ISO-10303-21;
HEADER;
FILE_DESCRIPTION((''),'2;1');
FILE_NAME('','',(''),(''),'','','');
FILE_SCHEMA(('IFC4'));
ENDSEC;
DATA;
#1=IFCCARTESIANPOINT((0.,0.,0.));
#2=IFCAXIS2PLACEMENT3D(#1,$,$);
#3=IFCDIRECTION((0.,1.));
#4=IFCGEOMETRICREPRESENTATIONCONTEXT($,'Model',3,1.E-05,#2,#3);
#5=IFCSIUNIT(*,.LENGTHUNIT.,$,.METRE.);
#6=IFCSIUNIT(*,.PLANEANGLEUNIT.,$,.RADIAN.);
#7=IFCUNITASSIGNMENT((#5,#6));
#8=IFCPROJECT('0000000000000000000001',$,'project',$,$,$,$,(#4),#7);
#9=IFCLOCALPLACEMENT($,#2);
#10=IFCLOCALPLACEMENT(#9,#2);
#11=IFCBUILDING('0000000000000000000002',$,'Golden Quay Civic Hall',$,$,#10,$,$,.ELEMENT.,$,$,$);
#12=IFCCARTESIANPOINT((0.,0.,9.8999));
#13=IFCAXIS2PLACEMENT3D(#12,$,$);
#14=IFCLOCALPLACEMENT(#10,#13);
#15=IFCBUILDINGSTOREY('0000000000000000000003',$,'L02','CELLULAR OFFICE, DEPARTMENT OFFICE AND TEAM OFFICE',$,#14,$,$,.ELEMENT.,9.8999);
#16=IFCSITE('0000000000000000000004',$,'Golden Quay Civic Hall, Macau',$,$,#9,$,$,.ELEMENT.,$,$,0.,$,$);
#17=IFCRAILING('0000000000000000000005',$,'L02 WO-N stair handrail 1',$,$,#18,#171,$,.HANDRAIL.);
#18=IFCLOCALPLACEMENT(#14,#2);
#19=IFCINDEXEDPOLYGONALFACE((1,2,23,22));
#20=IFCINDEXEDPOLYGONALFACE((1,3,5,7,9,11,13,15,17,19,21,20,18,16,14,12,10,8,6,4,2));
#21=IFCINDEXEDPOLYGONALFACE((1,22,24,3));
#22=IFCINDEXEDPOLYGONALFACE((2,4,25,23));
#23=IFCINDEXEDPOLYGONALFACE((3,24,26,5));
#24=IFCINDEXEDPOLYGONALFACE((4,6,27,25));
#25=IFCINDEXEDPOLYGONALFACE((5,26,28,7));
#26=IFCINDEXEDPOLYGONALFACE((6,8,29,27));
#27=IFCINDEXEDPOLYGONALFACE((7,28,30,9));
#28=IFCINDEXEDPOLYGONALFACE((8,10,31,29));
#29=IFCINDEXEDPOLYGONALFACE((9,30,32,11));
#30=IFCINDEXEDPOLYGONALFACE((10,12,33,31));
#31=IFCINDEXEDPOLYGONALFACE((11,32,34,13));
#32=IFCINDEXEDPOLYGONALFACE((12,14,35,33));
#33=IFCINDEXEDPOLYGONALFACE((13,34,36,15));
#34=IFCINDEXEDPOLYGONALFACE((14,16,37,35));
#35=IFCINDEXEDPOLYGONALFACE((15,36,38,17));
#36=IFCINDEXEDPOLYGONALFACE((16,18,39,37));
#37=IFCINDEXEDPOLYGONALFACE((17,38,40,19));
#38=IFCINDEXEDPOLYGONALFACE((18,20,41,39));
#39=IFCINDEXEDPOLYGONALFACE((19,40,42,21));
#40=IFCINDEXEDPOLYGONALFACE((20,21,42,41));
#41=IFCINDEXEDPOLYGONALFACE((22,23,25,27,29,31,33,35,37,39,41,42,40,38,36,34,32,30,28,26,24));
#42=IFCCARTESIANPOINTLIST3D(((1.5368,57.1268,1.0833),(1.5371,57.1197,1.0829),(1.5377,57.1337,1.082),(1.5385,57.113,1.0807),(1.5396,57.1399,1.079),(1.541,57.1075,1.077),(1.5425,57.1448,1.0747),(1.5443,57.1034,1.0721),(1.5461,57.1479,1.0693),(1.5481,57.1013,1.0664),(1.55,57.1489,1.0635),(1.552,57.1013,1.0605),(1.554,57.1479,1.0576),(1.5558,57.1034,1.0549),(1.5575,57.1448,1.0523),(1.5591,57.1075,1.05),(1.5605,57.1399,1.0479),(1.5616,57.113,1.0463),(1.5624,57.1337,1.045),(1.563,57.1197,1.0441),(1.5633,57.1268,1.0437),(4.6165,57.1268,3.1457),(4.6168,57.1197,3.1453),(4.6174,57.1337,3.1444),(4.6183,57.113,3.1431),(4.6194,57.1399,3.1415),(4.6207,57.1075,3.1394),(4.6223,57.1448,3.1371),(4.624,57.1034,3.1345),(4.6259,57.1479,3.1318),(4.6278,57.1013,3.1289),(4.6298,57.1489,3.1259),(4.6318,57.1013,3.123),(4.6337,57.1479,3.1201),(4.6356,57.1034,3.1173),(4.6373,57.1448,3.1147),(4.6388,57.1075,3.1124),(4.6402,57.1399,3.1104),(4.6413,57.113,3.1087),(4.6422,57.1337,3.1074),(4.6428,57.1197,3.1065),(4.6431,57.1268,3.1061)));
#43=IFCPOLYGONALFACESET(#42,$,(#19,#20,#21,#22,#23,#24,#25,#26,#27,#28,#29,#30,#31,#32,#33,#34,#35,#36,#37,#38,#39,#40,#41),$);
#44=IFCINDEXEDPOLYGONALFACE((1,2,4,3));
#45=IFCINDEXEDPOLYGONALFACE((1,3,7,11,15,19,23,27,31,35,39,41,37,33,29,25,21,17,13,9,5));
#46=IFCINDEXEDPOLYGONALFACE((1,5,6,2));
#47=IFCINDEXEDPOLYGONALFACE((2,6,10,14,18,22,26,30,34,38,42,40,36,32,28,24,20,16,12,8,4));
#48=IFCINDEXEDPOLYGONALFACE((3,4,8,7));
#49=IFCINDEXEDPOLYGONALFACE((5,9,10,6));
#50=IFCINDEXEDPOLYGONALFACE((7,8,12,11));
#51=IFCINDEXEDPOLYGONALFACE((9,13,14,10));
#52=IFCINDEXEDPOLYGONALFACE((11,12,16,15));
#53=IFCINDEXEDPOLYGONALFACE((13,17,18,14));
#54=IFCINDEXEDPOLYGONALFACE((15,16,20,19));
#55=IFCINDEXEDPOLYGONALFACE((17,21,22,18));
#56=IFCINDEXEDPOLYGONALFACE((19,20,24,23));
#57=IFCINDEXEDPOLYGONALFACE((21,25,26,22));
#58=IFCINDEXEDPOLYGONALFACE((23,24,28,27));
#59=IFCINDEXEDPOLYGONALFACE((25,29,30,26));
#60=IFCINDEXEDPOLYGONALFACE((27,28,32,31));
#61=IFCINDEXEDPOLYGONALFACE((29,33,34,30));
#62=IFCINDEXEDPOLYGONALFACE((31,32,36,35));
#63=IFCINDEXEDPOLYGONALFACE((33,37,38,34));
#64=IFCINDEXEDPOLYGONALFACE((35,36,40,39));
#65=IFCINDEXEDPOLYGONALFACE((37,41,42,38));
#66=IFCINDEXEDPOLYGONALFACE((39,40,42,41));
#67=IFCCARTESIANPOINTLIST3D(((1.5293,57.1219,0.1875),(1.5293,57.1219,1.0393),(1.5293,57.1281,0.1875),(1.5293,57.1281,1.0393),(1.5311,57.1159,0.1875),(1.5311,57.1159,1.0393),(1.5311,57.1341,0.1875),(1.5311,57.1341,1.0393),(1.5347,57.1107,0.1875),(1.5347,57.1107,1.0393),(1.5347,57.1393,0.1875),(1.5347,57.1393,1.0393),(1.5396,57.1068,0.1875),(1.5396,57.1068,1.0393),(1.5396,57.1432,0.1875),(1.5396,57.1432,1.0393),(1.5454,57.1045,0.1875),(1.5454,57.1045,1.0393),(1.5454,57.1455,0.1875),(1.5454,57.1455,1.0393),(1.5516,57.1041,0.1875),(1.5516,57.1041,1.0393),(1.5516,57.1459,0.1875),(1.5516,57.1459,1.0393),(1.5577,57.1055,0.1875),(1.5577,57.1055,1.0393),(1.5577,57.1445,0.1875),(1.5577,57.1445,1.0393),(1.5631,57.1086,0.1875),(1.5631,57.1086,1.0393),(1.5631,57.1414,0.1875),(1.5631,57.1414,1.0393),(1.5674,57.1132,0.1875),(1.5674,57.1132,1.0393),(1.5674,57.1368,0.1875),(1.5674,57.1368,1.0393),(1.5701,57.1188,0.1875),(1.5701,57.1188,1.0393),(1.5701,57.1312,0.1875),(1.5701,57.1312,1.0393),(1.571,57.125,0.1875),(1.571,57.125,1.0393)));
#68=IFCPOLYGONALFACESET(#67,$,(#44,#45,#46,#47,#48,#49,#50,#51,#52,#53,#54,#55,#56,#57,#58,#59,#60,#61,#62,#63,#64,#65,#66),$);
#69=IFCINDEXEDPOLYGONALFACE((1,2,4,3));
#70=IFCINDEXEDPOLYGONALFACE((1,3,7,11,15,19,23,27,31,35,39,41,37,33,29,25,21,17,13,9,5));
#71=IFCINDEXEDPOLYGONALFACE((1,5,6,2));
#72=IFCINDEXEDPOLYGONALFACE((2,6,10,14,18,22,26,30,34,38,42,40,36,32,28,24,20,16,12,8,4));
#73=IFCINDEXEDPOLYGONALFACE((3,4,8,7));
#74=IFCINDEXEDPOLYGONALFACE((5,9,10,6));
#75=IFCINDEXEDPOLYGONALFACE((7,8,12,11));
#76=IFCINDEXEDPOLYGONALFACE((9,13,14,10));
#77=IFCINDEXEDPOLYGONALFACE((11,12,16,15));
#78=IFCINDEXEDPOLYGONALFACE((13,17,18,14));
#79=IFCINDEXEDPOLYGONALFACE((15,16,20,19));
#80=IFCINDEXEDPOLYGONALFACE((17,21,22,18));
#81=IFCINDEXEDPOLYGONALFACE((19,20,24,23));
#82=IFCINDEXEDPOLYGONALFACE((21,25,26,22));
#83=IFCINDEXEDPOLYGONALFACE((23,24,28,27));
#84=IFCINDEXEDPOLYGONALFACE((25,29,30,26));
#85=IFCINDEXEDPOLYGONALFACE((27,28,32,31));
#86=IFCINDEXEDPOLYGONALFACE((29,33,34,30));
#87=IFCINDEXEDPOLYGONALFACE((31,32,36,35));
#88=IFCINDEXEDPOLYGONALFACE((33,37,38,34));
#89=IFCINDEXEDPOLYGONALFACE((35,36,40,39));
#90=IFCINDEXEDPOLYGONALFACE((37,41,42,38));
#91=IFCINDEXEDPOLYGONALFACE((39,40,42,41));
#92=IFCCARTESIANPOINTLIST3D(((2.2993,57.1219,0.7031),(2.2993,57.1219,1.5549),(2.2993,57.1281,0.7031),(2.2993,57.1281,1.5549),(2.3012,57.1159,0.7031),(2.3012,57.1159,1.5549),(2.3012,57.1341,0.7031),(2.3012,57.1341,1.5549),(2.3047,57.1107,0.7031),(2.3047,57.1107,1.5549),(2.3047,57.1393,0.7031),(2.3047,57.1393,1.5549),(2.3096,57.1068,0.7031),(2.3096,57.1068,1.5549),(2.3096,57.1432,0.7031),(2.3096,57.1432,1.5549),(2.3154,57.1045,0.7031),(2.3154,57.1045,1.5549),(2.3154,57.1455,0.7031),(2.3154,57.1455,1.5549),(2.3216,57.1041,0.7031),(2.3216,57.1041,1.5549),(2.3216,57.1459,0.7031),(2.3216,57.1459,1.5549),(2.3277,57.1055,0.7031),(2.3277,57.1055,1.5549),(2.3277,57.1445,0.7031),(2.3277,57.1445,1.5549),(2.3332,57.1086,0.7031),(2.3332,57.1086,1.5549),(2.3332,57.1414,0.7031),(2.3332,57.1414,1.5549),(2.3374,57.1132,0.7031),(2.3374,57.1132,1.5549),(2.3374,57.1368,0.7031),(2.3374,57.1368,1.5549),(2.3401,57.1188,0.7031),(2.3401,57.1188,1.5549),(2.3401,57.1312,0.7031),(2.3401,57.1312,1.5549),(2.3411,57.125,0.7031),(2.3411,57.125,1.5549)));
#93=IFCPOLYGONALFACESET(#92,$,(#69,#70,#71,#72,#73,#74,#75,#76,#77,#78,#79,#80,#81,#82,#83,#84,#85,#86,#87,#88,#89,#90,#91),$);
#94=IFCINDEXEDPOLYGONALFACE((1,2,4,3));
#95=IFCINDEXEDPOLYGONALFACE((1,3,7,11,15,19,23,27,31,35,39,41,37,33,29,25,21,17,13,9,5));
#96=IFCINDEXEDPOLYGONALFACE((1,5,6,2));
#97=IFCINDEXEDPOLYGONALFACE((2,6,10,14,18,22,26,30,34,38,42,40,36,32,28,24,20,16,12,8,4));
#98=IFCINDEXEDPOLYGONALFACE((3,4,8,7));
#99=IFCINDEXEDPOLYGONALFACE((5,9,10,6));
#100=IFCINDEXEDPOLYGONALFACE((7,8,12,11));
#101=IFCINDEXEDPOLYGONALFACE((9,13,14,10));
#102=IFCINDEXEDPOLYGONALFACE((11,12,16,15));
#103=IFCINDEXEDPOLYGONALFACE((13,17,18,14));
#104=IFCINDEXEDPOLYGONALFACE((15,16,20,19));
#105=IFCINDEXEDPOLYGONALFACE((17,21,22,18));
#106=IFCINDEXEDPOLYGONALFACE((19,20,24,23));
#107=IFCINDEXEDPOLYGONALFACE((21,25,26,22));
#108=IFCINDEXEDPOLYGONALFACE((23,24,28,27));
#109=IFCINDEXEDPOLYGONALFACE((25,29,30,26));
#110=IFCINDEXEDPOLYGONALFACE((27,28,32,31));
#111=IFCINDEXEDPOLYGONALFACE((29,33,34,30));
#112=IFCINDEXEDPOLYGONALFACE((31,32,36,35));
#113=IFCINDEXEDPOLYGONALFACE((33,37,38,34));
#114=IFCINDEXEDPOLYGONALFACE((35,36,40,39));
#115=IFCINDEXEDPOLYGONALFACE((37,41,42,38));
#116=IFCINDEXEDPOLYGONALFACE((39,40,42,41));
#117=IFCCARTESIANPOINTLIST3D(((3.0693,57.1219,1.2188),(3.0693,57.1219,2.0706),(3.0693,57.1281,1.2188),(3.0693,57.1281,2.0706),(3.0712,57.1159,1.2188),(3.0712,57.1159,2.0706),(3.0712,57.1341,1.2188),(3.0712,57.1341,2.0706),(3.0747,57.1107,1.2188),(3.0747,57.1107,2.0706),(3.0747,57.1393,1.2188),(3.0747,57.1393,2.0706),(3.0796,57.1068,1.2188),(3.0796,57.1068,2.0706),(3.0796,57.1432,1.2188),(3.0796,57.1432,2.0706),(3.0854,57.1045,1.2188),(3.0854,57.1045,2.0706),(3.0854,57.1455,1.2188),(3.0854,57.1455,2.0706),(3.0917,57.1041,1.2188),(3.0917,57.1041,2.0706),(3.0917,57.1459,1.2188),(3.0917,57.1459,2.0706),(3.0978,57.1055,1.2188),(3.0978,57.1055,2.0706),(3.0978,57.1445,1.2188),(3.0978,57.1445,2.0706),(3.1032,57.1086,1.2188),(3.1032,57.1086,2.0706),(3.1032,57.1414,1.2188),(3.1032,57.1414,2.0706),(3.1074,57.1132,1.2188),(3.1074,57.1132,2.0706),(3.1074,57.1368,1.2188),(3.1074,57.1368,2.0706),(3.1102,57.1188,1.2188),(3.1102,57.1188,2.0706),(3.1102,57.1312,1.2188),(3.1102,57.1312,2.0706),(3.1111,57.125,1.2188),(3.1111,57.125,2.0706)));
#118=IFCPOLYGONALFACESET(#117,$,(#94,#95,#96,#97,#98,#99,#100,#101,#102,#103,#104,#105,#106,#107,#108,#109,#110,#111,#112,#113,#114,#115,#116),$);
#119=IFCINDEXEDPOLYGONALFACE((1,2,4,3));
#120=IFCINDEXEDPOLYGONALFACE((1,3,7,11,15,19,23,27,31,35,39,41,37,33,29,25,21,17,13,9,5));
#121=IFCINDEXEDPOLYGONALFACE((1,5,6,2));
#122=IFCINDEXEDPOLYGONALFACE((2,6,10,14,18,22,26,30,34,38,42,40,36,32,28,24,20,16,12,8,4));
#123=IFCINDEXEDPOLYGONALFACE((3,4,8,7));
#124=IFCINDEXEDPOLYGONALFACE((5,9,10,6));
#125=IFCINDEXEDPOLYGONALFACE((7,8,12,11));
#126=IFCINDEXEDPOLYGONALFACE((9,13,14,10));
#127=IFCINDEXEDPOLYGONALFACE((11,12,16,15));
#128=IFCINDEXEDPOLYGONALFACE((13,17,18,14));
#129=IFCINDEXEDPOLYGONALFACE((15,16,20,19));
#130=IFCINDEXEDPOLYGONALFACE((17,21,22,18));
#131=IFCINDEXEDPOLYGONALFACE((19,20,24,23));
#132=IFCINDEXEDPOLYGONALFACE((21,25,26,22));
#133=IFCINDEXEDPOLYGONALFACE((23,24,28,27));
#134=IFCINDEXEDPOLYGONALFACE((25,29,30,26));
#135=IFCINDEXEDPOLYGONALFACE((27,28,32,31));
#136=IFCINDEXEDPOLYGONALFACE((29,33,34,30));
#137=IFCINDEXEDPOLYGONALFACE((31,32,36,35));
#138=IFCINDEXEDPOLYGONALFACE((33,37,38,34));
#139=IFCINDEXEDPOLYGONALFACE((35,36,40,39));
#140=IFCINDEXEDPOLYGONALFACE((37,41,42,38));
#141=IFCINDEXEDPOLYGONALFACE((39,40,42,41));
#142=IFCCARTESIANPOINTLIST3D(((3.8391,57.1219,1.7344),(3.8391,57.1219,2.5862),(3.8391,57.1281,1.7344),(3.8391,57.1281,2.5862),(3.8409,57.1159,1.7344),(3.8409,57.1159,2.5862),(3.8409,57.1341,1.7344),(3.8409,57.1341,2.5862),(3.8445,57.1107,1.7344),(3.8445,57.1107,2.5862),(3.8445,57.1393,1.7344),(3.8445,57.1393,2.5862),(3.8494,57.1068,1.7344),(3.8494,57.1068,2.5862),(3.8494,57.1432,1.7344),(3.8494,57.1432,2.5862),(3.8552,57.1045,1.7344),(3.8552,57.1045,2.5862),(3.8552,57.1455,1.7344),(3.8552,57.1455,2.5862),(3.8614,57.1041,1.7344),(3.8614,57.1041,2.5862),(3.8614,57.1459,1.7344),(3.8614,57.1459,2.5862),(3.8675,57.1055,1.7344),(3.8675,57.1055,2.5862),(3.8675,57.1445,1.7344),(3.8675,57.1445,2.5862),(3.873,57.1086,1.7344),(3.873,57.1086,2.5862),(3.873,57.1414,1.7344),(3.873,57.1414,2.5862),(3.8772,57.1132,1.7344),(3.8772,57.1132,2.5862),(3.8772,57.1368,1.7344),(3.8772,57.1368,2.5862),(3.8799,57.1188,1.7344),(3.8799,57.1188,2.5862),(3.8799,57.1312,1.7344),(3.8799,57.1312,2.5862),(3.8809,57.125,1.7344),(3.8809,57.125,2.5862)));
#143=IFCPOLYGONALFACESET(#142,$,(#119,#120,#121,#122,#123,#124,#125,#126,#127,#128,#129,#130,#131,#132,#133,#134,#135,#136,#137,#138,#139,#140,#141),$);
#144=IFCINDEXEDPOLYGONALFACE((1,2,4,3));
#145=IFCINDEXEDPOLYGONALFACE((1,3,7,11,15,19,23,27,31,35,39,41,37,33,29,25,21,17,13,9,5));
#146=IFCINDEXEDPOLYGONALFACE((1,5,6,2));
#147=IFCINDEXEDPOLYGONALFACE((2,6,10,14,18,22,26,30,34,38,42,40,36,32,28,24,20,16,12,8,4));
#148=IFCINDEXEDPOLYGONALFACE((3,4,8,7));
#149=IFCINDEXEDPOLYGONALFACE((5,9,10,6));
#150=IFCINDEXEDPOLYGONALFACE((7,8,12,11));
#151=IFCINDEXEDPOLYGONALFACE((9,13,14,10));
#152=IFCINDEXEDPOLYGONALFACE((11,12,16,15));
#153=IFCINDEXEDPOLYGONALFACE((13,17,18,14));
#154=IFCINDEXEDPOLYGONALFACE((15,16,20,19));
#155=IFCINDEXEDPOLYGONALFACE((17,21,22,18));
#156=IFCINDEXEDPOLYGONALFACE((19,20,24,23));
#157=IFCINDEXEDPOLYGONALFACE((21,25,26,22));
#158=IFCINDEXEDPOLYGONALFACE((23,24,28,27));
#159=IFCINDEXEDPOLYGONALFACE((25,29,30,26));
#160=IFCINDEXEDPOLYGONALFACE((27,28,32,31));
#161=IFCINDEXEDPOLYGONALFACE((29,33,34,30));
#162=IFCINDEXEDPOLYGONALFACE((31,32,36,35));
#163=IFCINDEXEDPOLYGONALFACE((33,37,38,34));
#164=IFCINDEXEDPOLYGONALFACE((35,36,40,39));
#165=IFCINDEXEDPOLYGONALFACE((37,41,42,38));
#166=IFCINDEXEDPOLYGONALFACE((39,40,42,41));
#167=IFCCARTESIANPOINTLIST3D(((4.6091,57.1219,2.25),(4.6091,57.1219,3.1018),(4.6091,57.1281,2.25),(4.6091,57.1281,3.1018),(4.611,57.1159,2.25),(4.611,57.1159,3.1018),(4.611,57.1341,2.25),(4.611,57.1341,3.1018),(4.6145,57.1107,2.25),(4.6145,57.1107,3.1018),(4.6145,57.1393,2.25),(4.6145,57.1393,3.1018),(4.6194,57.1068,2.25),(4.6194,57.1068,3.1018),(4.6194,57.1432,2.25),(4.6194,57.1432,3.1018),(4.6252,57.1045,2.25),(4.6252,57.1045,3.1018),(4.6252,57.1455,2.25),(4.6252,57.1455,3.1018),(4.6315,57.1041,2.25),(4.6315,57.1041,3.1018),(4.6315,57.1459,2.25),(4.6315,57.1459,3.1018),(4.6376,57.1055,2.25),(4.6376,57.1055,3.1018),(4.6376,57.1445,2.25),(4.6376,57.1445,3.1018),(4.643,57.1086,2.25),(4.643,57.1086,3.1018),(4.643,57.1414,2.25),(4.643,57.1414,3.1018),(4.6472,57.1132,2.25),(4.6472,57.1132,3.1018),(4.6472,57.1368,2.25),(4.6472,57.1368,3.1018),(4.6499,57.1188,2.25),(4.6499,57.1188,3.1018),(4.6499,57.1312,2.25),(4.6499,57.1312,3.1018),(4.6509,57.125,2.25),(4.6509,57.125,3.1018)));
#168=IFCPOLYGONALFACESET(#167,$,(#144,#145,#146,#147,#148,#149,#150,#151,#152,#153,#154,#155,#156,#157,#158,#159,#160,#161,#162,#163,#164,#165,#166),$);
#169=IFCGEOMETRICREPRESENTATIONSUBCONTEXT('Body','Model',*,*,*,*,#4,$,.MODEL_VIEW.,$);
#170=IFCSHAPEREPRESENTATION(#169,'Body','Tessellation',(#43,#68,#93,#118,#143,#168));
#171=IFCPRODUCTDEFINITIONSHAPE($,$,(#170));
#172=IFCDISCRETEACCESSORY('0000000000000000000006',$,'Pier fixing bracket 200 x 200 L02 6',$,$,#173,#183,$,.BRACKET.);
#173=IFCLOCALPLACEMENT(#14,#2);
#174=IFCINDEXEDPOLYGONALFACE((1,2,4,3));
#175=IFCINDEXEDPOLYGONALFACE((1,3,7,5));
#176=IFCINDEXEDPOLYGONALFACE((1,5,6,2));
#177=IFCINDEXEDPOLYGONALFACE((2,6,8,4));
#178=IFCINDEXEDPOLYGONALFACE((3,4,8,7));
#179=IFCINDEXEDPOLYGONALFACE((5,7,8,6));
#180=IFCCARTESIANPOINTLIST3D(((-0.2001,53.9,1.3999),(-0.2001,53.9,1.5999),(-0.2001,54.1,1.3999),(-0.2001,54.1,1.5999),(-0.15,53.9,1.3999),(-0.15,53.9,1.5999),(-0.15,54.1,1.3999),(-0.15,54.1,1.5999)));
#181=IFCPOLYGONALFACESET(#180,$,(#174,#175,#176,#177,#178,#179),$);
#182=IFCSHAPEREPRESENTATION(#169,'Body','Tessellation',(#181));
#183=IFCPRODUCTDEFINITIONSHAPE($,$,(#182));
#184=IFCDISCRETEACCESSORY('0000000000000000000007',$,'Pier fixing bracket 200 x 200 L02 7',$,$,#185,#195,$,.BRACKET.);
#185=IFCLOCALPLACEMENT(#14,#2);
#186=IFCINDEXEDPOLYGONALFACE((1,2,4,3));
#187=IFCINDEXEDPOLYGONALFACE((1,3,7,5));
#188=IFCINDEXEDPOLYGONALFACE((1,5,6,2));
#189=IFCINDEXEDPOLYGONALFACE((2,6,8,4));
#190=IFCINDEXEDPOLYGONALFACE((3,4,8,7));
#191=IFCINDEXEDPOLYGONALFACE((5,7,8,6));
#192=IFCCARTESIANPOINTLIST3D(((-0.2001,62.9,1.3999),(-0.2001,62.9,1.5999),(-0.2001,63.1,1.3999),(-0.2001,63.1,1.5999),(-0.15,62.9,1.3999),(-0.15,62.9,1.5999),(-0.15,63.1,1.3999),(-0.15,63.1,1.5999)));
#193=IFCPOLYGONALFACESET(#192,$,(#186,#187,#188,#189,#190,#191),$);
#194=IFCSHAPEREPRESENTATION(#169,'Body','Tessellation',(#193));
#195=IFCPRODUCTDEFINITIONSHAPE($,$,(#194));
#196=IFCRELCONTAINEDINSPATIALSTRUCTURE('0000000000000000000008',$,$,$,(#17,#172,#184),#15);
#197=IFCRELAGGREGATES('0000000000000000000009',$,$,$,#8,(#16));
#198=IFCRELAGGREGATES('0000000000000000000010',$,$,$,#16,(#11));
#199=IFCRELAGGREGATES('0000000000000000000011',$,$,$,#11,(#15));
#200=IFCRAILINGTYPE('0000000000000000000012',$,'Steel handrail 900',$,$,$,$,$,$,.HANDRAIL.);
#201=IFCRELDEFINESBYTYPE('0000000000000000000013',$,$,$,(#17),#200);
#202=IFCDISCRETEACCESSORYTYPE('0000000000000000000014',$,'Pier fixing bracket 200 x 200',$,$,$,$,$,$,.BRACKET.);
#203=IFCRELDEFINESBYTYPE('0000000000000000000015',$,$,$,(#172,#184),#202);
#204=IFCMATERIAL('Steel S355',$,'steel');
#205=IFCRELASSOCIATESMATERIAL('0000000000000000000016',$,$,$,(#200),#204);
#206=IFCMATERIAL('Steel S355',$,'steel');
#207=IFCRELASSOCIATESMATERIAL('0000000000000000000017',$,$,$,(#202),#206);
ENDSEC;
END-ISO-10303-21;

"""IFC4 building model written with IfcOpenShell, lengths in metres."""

from ifc_helpers import new_model, si_unit, direction, frame, origin, origin_2d, place, context, subcontext, project, spatial, rectangle, circle, extrude, material, type_object, element, save


model = new_model("IFC4")

# Units and contexts
model_context = context("Model", 3, precision=1e-05, world=origin(), true_north=direction((0.0, 1.0)))
body_context = subcontext(model_context, "Body", "Model", "MODEL_VIEW")
ifc_project = project(units=[si_unit("LENGTHUNIT", "METRE"), si_unit("PLANEANGLEUNIT", "RADIAN")], contexts=[model_context])

# Site, building, storey
site_placement = place(None, origin())
site = spatial("IfcSite", under=ifc_project, at=site_placement, Name="Golden Quay Civic Hall, Macau", CompositionType="ELEMENT", RefElevation=0.0)
building_placement = place(site_placement, origin())
building = spatial("IfcBuilding", under=site, at=building_placement, Name="Golden Quay Civic Hall", CompositionType="ELEMENT")
storey_placement = place(building_placement, frame((0.0, 0.0, 9.8999)))
storey = spatial("IfcBuildingStorey", under=building, at=storey_placement, Name="L02", Description="CELLULAR OFFICE, DEPARTMENT OFFICE AND TEAM OFFICE", CompositionType="ELEMENT", Elevation=9.8999)

# Railing
ifc_material_1 = material(Name="Steel S355", Category="steel")
railing_type_1 = type_object("IfcRailingType", Name="Steel handrail 900", PredefinedType="HANDRAIL", material=ifc_material_1)
railing_1_placement = place(storey_placement, frame((1.55, 57.125, 0.1875)))
element("IfcRailing", 1, at=railing_1_placement, inside=storey, type_object=railing_type_1, Name="L02 WO-N stair handrail 1", PredefinedType="HANDRAIL", context=body_context, shape_type="SweptSolid", body=[
    extrude(circle(Radius=0.0239, at=origin_2d()), frame((0.0, 0.0, 0.876), z_axis=(0.830893, 0.0, 0.556432), x_axis=(0.0, 1.0, 0.0)), (0.0, 0.0, 1.0), 3.7065),
    extrude(circle(Radius=0.021, at=origin_2d()), origin(), (0.0, 0.0, 1.0), 0.8518),
    extrude(circle(Radius=0.021, at=origin_2d()), frame((0.77, 0.0, 0.5156)), (0.0, 0.0, 1.0), 0.8518),
    extrude(circle(Radius=0.021, at=origin_2d()), frame((1.54, 0.0, 1.0312)), (0.0, 0.0, 1.0), 0.8518),
    extrude(circle(Radius=0.021, at=origin_2d()), frame((2.3098, 0.0, 1.5469)), (0.0, 0.0, 1.0), 0.8518),
    extrude(circle(Radius=0.021, at=origin_2d()), frame((3.0798, 0.0, 2.0625)), (0.0, 0.0, 1.0), 0.8518),
])

# Discrete accessories
ifc_material_2 = material(Name="Steel S355", Category="steel")
discrete_accessory_type = type_object("IfcDiscreteAccessoryType", Name="Pier fixing bracket 200 x 200", PredefinedType="BRACKET", material=ifc_material_2)
for number, where, z_axis, x_axis, name in (
    (2, (-0.175, 54.0, 1.3999), (0.0, 0.0, 1.0), (0.0, -1.0, 0.0), "Pier fixing bracket 200 x 200 L02 6"),
    (3, (-0.175, 63.0, 1.3999), (0.0, 0.0, 1.0), (0.0, -1.0, 0.0), "Pier fixing bracket 200 x 200 L02 7"),
):
    element("IfcDiscreteAccessory", number, at=place(storey_placement, frame(where, z_axis=z_axis, x_axis=x_axis)), inside=storey, type_object=discrete_accessory_type, Name=name, PredefinedType="BRACKET", context=body_context, shape_type="SweptSolid", body=[
        extrude(rectangle(XDim=0.2, YDim=0.05, at=origin_2d()), origin(), (0.0, 0.0, 1.0), 0.2),
    ])

save(model, "model.ifc")
